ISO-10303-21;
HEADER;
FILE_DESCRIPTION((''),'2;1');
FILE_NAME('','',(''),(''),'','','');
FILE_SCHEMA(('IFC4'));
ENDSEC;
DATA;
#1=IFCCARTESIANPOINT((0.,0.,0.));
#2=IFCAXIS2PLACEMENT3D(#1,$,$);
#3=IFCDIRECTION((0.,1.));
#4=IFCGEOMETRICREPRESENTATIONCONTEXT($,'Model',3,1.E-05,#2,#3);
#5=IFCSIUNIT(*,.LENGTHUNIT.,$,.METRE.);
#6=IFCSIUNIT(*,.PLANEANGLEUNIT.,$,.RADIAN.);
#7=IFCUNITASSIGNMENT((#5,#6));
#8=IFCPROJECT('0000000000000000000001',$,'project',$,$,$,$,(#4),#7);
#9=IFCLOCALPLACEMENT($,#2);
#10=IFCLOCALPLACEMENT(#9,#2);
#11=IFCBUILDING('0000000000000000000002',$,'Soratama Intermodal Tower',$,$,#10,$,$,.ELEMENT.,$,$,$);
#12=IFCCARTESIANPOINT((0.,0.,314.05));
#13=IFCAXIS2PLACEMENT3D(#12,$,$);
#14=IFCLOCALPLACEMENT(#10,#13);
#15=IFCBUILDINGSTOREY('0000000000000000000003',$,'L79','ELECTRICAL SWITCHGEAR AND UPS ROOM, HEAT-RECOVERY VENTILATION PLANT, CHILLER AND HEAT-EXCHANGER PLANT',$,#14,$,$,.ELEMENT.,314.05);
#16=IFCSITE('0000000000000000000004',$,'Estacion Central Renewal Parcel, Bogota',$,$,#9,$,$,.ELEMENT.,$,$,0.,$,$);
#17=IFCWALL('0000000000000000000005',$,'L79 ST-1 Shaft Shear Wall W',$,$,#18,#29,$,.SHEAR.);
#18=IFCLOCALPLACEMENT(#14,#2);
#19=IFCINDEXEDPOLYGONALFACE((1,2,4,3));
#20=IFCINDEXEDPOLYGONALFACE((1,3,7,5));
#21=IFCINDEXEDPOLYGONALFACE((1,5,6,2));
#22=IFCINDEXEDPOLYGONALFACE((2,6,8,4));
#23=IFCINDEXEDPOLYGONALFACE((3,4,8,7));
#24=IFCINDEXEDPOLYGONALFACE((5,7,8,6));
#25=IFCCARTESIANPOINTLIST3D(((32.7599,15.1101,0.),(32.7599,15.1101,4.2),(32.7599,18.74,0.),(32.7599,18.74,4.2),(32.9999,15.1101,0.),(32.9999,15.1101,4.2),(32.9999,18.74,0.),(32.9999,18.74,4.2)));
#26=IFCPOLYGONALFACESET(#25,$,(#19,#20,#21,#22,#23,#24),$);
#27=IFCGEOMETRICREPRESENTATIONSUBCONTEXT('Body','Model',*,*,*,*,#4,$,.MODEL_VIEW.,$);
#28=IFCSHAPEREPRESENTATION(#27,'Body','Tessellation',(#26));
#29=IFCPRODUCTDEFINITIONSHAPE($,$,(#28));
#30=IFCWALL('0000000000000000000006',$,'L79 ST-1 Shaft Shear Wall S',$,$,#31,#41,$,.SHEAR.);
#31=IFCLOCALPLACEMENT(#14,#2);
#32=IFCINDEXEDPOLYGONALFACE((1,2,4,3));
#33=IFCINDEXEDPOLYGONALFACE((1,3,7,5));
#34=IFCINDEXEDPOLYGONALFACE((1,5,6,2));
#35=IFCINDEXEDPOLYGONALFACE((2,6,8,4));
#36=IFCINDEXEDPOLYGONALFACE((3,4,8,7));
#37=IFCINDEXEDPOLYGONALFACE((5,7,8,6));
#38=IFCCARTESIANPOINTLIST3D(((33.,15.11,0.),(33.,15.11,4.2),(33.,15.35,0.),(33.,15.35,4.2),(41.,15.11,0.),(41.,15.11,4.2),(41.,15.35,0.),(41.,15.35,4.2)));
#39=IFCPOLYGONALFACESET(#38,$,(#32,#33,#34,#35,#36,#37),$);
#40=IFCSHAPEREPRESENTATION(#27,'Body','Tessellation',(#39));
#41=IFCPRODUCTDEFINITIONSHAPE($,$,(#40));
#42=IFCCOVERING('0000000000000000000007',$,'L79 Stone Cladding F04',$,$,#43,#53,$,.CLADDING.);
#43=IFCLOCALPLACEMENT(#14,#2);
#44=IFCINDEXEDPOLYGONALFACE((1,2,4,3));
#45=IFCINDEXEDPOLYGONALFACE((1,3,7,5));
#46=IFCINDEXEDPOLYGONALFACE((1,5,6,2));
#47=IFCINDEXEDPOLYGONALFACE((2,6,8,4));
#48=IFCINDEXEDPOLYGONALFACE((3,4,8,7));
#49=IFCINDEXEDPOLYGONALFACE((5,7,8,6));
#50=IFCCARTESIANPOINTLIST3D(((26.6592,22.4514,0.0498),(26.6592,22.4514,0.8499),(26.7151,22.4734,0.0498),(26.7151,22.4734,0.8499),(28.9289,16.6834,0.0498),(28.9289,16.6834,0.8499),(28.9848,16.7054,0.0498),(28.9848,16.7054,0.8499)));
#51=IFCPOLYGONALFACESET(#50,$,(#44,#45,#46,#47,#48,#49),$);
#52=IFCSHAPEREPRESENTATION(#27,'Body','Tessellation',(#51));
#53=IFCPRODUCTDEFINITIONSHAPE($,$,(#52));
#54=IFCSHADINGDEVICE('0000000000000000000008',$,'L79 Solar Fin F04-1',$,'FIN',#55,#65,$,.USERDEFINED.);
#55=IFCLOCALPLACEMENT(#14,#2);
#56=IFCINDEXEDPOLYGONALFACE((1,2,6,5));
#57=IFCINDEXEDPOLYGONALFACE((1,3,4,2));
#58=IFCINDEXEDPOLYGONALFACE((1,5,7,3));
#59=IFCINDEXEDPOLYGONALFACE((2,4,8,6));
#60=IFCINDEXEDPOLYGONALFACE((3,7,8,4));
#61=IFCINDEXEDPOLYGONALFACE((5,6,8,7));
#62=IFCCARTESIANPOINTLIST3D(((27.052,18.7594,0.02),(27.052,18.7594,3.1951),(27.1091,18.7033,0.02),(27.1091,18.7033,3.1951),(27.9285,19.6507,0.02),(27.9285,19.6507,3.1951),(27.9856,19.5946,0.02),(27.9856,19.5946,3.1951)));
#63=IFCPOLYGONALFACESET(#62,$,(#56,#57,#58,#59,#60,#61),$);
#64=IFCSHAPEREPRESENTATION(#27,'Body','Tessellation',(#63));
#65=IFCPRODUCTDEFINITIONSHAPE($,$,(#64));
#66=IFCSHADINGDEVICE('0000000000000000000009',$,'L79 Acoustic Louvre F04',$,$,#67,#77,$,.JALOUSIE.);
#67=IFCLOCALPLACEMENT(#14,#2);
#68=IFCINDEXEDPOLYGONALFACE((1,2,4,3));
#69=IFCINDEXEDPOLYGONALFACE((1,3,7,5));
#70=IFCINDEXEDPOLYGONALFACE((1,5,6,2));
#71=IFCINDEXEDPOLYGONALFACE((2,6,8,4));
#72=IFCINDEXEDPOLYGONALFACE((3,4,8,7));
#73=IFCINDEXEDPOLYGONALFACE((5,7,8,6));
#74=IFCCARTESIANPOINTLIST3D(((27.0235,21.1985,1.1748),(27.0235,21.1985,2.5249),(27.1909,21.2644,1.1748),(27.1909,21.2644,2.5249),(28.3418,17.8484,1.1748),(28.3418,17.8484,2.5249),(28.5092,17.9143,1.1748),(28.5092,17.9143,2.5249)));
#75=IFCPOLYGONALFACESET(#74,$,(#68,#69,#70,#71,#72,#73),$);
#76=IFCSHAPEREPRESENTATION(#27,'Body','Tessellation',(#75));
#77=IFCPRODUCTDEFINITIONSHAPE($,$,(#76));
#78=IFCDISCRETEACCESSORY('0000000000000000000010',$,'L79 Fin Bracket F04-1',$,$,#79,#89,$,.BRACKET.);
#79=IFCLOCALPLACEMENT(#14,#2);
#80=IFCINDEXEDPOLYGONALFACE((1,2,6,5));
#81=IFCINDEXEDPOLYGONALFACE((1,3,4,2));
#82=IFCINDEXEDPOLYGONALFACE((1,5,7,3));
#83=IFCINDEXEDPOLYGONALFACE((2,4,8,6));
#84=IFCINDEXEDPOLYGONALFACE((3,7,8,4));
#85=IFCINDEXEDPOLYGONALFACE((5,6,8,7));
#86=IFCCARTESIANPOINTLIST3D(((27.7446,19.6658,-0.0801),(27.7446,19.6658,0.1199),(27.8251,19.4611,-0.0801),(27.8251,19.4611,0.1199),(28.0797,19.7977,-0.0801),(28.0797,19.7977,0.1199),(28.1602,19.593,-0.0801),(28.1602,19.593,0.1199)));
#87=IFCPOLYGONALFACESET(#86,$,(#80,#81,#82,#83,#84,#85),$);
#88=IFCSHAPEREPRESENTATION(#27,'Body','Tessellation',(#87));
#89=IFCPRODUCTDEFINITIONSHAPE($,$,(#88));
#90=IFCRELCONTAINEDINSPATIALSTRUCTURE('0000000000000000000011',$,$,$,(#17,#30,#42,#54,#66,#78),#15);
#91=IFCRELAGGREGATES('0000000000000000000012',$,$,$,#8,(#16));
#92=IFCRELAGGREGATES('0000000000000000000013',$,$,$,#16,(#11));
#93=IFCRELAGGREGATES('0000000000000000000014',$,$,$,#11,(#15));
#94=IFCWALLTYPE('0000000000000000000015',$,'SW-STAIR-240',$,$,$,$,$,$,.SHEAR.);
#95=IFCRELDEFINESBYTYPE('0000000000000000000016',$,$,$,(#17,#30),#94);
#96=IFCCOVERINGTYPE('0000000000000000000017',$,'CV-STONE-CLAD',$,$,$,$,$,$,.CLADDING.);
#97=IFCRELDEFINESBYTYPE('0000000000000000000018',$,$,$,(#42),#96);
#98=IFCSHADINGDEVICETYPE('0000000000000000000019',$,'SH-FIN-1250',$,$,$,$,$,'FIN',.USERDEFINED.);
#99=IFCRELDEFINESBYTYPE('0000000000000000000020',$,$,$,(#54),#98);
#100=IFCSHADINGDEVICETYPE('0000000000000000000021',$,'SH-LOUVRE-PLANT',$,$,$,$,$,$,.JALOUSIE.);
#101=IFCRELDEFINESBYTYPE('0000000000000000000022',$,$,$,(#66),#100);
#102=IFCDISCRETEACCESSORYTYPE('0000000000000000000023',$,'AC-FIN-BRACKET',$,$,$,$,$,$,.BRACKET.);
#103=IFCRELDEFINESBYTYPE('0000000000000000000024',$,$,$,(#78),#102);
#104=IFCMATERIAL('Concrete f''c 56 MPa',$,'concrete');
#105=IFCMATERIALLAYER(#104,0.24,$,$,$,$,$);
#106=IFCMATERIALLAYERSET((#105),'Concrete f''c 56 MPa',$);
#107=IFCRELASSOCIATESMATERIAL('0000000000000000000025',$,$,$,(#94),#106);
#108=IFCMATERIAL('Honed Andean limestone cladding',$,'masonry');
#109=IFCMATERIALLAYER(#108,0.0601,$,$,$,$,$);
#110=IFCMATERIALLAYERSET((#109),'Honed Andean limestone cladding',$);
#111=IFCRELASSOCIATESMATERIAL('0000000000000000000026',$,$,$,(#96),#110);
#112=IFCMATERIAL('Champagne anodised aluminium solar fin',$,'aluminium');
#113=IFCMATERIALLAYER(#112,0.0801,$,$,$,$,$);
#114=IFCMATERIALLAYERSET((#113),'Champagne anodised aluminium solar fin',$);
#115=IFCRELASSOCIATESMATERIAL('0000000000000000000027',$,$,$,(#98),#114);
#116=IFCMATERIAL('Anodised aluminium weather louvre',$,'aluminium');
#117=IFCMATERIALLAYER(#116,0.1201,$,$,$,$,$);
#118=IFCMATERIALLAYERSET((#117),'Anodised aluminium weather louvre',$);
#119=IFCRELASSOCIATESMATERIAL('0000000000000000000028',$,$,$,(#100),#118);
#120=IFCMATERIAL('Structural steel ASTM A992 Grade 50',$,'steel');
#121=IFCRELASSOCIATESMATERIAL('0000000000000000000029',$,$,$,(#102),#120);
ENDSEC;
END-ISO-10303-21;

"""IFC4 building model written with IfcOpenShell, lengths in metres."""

from ifc_helpers import new_model, si_unit, direction, frame, frame_2d, origin, origin_2d, place, context, subcontext, project, spatial, rectangle, extrude, material, layer, layer_set, type_object, element, save


model = new_model("IFC4")

# Units and contexts
model_context = context("Model", 3, precision=1e-05, world=origin(), true_north=direction((0.0, 1.0)))
body_context = subcontext(model_context, "Body", "Model", "MODEL_VIEW")
ifc_project = project(units=[si_unit("LENGTHUNIT", "METRE"), si_unit("PLANEANGLEUNIT", "RADIAN")], contexts=[model_context])

# Site, building, storey
site_placement = place(None, origin())
site = spatial("IfcSite", under=ifc_project, at=site_placement, Name="Estacion Central Renewal Parcel, Bogota", CompositionType="ELEMENT", RefElevation=0.0)
building_placement = place(site_placement, origin())
building = spatial("IfcBuilding", under=site, at=building_placement, Name="Soratama Intermodal Tower", CompositionType="ELEMENT")
storey_placement = place(building_placement, frame((0.0, 0.0, 314.05)))
storey = spatial("IfcBuildingStorey", under=building, at=storey_placement, Name="L79", Description="ELECTRICAL SWITCHGEAR AND UPS ROOM, HEAT-RECOVERY VENTILATION PLANT, CHILLER AND HEAT-EXCHANGER PLANT", CompositionType="ELEMENT", Elevation=314.05)

# Walls
ifc_material_1 = material(Name="Concrete f'c 56 MPa", Category="concrete")
ifc_layer_1 = layer(ifc_material_1, 0.24)
ifc_layer_set_1 = layer_set([ifc_layer_1], Name="Concrete f'c 56 MPa")
wall_type_1 = type_object("IfcWallType", Name="SW-STAIR-240", PredefinedType="SHEAR", material=ifc_layer_set_1)
wall_1_placement = place(storey_placement, frame((32.8799, 15.1101, 0.0), z_axis=(0.0, 0.0, 1.0), x_axis=(0.0, 1.0, 0.0)))
element("IfcWall", 1, at=wall_1_placement, inside=storey, type_object=wall_type_1, Name="L79 ST-1 Shaft Shear Wall W", PredefinedType="SHEAR", context=body_context, shape_type="SweptSolid", body=[
    extrude(rectangle(XDim=3.6299, YDim=0.24, at=frame_2d((1.8149, 0.0))), origin(), (0.0, 0.0, 1.0), 4.2),
])
wall_2_placement = place(storey_placement, frame((33.0, 15.23, 0.0), z_axis=(0.0, 0.0, 1.0), x_axis=(1.0, 0.0, 0.0)))
element("IfcWall", 2, at=wall_2_placement, inside=storey, type_object=wall_type_1, Name="L79 ST-1 Shaft Shear Wall S", PredefinedType="SHEAR", context=body_context, shape_type="SweptSolid", body=[
    extrude(rectangle(XDim=8.0, YDim=0.24, at=frame_2d((4.0, 0.0))), origin(), (0.0, 0.0, 1.0), 4.2),
])

# Covering
ifc_material_2 = material(Name="Honed Andean limestone cladding", Category="masonry")
ifc_layer_2 = layer(ifc_material_2, 0.0601)
ifc_layer_set_2 = layer_set([ifc_layer_2], Name="Honed Andean limestone cladding")
covering_type = type_object("IfcCoveringType", Name="CV-STONE-CLAD", PredefinedType="CLADDING", material=ifc_layer_set_2)
covering_placement = place(storey_placement, frame((27.822, 19.5784, 0.0498), z_axis=(0.0, 0.0, 1.0), x_axis=(0.366176, -0.930545, 0.0)))
element("IfcCovering", 3, at=covering_placement, inside=storey, type_object=covering_type, Name="L79 Stone Cladding F04", PredefinedType="CLADDING", context=body_context, shape_type="SweptSolid", body=[
    extrude(rectangle(XDim=6.1985, YDim=0.0601, at=origin_2d()), origin(), (0.0, 0.0, 1.0), 0.8),
])

# Shading devices
ifc_material_3 = material(Name="Champagne anodised aluminium solar fin", Category="aluminium")
ifc_layer_3 = layer(ifc_material_3, 0.0801)
ifc_layer_set_3 = layer_set([ifc_layer_3], Name="Champagne anodised aluminium solar fin")
shading_device_type_1 = type_object("IfcShadingDeviceType", Name="SH-FIN-1250", ElementType="FIN", PredefinedType="USERDEFINED", material=ifc_layer_set_3)
shading_device_1_placement = place(storey_placement, frame((27.5188, 19.177, 0.02), z_axis=(0.0, 0.0, 1.0), x_axis=(-0.701158, -0.713006, 0.0)))
element("IfcShadingDevice", 4, at=shading_device_1_placement, inside=storey, type_object=shading_device_type_1, Name="L79 Solar Fin F04-1", ObjectType="FIN", PredefinedType="USERDEFINED", context=body_context, shape_type="SweptSolid", body=[
    extrude(rectangle(XDim=1.25, YDim=0.0801, at=origin_2d()), origin(), (0.0, 0.0, 1.0), 3.175),
])
ifc_material_4 = material(Name="Anodised aluminium weather louvre", Category="aluminium")
ifc_layer_4 = layer(ifc_material_4, 0.1201)
ifc_layer_set_4 = layer_set([ifc_layer_4], Name="Anodised aluminium weather louvre")
shading_device_type_2 = type_object("IfcShadingDeviceType", Name="SH-LOUVRE-PLANT", PredefinedType="JALOUSIE", material=ifc_layer_set_4)
shading_device_2_placement = place(storey_placement, frame((27.7664, 19.5564, 1.1748), z_axis=(0.0, 0.0, 1.0), x_axis=(0.366176, -0.930545, 0.0)))
element("IfcShadingDevice", 5, at=shading_device_2_placement, inside=storey, type_object=shading_device_type_2, Name="L79 Acoustic Louvre F04", PredefinedType="JALOUSIE", context=body_context, shape_type="SweptSolid", body=[
    extrude(rectangle(XDim=3.6001, YDim=0.1799, at=origin_2d()), origin(), (0.0, 0.0, 1.0), 1.3501),
])

# Discrete accessory
ifc_material_5 = material(Name="Structural steel ASTM A992 Grade 50", Category="steel")
discrete_accessory_type = type_object("IfcDiscreteAccessoryType", Name="AC-FIN-BRACKET", PredefinedType="BRACKET", material=ifc_material_5)
discrete_accessory_placement = place(storey_placement, frame((27.9524, 19.6294, -0.0801), z_axis=(0.0, 0.0, 1.0), x_axis=(-0.930545, -0.366176, 0.0)))
element("IfcDiscreteAccessory", 6, at=discrete_accessory_placement, inside=storey, type_object=discrete_accessory_type, Name="L79 Fin Bracket F04-1", PredefinedType="BRACKET", context=body_context, shape_type="SweptSolid", body=[
    extrude(rectangle(XDim=0.3601, YDim=0.22, at=origin_2d()), origin(), (0.0, 0.0, 1.0), 0.2),
])

save(model, "model.ifc")
